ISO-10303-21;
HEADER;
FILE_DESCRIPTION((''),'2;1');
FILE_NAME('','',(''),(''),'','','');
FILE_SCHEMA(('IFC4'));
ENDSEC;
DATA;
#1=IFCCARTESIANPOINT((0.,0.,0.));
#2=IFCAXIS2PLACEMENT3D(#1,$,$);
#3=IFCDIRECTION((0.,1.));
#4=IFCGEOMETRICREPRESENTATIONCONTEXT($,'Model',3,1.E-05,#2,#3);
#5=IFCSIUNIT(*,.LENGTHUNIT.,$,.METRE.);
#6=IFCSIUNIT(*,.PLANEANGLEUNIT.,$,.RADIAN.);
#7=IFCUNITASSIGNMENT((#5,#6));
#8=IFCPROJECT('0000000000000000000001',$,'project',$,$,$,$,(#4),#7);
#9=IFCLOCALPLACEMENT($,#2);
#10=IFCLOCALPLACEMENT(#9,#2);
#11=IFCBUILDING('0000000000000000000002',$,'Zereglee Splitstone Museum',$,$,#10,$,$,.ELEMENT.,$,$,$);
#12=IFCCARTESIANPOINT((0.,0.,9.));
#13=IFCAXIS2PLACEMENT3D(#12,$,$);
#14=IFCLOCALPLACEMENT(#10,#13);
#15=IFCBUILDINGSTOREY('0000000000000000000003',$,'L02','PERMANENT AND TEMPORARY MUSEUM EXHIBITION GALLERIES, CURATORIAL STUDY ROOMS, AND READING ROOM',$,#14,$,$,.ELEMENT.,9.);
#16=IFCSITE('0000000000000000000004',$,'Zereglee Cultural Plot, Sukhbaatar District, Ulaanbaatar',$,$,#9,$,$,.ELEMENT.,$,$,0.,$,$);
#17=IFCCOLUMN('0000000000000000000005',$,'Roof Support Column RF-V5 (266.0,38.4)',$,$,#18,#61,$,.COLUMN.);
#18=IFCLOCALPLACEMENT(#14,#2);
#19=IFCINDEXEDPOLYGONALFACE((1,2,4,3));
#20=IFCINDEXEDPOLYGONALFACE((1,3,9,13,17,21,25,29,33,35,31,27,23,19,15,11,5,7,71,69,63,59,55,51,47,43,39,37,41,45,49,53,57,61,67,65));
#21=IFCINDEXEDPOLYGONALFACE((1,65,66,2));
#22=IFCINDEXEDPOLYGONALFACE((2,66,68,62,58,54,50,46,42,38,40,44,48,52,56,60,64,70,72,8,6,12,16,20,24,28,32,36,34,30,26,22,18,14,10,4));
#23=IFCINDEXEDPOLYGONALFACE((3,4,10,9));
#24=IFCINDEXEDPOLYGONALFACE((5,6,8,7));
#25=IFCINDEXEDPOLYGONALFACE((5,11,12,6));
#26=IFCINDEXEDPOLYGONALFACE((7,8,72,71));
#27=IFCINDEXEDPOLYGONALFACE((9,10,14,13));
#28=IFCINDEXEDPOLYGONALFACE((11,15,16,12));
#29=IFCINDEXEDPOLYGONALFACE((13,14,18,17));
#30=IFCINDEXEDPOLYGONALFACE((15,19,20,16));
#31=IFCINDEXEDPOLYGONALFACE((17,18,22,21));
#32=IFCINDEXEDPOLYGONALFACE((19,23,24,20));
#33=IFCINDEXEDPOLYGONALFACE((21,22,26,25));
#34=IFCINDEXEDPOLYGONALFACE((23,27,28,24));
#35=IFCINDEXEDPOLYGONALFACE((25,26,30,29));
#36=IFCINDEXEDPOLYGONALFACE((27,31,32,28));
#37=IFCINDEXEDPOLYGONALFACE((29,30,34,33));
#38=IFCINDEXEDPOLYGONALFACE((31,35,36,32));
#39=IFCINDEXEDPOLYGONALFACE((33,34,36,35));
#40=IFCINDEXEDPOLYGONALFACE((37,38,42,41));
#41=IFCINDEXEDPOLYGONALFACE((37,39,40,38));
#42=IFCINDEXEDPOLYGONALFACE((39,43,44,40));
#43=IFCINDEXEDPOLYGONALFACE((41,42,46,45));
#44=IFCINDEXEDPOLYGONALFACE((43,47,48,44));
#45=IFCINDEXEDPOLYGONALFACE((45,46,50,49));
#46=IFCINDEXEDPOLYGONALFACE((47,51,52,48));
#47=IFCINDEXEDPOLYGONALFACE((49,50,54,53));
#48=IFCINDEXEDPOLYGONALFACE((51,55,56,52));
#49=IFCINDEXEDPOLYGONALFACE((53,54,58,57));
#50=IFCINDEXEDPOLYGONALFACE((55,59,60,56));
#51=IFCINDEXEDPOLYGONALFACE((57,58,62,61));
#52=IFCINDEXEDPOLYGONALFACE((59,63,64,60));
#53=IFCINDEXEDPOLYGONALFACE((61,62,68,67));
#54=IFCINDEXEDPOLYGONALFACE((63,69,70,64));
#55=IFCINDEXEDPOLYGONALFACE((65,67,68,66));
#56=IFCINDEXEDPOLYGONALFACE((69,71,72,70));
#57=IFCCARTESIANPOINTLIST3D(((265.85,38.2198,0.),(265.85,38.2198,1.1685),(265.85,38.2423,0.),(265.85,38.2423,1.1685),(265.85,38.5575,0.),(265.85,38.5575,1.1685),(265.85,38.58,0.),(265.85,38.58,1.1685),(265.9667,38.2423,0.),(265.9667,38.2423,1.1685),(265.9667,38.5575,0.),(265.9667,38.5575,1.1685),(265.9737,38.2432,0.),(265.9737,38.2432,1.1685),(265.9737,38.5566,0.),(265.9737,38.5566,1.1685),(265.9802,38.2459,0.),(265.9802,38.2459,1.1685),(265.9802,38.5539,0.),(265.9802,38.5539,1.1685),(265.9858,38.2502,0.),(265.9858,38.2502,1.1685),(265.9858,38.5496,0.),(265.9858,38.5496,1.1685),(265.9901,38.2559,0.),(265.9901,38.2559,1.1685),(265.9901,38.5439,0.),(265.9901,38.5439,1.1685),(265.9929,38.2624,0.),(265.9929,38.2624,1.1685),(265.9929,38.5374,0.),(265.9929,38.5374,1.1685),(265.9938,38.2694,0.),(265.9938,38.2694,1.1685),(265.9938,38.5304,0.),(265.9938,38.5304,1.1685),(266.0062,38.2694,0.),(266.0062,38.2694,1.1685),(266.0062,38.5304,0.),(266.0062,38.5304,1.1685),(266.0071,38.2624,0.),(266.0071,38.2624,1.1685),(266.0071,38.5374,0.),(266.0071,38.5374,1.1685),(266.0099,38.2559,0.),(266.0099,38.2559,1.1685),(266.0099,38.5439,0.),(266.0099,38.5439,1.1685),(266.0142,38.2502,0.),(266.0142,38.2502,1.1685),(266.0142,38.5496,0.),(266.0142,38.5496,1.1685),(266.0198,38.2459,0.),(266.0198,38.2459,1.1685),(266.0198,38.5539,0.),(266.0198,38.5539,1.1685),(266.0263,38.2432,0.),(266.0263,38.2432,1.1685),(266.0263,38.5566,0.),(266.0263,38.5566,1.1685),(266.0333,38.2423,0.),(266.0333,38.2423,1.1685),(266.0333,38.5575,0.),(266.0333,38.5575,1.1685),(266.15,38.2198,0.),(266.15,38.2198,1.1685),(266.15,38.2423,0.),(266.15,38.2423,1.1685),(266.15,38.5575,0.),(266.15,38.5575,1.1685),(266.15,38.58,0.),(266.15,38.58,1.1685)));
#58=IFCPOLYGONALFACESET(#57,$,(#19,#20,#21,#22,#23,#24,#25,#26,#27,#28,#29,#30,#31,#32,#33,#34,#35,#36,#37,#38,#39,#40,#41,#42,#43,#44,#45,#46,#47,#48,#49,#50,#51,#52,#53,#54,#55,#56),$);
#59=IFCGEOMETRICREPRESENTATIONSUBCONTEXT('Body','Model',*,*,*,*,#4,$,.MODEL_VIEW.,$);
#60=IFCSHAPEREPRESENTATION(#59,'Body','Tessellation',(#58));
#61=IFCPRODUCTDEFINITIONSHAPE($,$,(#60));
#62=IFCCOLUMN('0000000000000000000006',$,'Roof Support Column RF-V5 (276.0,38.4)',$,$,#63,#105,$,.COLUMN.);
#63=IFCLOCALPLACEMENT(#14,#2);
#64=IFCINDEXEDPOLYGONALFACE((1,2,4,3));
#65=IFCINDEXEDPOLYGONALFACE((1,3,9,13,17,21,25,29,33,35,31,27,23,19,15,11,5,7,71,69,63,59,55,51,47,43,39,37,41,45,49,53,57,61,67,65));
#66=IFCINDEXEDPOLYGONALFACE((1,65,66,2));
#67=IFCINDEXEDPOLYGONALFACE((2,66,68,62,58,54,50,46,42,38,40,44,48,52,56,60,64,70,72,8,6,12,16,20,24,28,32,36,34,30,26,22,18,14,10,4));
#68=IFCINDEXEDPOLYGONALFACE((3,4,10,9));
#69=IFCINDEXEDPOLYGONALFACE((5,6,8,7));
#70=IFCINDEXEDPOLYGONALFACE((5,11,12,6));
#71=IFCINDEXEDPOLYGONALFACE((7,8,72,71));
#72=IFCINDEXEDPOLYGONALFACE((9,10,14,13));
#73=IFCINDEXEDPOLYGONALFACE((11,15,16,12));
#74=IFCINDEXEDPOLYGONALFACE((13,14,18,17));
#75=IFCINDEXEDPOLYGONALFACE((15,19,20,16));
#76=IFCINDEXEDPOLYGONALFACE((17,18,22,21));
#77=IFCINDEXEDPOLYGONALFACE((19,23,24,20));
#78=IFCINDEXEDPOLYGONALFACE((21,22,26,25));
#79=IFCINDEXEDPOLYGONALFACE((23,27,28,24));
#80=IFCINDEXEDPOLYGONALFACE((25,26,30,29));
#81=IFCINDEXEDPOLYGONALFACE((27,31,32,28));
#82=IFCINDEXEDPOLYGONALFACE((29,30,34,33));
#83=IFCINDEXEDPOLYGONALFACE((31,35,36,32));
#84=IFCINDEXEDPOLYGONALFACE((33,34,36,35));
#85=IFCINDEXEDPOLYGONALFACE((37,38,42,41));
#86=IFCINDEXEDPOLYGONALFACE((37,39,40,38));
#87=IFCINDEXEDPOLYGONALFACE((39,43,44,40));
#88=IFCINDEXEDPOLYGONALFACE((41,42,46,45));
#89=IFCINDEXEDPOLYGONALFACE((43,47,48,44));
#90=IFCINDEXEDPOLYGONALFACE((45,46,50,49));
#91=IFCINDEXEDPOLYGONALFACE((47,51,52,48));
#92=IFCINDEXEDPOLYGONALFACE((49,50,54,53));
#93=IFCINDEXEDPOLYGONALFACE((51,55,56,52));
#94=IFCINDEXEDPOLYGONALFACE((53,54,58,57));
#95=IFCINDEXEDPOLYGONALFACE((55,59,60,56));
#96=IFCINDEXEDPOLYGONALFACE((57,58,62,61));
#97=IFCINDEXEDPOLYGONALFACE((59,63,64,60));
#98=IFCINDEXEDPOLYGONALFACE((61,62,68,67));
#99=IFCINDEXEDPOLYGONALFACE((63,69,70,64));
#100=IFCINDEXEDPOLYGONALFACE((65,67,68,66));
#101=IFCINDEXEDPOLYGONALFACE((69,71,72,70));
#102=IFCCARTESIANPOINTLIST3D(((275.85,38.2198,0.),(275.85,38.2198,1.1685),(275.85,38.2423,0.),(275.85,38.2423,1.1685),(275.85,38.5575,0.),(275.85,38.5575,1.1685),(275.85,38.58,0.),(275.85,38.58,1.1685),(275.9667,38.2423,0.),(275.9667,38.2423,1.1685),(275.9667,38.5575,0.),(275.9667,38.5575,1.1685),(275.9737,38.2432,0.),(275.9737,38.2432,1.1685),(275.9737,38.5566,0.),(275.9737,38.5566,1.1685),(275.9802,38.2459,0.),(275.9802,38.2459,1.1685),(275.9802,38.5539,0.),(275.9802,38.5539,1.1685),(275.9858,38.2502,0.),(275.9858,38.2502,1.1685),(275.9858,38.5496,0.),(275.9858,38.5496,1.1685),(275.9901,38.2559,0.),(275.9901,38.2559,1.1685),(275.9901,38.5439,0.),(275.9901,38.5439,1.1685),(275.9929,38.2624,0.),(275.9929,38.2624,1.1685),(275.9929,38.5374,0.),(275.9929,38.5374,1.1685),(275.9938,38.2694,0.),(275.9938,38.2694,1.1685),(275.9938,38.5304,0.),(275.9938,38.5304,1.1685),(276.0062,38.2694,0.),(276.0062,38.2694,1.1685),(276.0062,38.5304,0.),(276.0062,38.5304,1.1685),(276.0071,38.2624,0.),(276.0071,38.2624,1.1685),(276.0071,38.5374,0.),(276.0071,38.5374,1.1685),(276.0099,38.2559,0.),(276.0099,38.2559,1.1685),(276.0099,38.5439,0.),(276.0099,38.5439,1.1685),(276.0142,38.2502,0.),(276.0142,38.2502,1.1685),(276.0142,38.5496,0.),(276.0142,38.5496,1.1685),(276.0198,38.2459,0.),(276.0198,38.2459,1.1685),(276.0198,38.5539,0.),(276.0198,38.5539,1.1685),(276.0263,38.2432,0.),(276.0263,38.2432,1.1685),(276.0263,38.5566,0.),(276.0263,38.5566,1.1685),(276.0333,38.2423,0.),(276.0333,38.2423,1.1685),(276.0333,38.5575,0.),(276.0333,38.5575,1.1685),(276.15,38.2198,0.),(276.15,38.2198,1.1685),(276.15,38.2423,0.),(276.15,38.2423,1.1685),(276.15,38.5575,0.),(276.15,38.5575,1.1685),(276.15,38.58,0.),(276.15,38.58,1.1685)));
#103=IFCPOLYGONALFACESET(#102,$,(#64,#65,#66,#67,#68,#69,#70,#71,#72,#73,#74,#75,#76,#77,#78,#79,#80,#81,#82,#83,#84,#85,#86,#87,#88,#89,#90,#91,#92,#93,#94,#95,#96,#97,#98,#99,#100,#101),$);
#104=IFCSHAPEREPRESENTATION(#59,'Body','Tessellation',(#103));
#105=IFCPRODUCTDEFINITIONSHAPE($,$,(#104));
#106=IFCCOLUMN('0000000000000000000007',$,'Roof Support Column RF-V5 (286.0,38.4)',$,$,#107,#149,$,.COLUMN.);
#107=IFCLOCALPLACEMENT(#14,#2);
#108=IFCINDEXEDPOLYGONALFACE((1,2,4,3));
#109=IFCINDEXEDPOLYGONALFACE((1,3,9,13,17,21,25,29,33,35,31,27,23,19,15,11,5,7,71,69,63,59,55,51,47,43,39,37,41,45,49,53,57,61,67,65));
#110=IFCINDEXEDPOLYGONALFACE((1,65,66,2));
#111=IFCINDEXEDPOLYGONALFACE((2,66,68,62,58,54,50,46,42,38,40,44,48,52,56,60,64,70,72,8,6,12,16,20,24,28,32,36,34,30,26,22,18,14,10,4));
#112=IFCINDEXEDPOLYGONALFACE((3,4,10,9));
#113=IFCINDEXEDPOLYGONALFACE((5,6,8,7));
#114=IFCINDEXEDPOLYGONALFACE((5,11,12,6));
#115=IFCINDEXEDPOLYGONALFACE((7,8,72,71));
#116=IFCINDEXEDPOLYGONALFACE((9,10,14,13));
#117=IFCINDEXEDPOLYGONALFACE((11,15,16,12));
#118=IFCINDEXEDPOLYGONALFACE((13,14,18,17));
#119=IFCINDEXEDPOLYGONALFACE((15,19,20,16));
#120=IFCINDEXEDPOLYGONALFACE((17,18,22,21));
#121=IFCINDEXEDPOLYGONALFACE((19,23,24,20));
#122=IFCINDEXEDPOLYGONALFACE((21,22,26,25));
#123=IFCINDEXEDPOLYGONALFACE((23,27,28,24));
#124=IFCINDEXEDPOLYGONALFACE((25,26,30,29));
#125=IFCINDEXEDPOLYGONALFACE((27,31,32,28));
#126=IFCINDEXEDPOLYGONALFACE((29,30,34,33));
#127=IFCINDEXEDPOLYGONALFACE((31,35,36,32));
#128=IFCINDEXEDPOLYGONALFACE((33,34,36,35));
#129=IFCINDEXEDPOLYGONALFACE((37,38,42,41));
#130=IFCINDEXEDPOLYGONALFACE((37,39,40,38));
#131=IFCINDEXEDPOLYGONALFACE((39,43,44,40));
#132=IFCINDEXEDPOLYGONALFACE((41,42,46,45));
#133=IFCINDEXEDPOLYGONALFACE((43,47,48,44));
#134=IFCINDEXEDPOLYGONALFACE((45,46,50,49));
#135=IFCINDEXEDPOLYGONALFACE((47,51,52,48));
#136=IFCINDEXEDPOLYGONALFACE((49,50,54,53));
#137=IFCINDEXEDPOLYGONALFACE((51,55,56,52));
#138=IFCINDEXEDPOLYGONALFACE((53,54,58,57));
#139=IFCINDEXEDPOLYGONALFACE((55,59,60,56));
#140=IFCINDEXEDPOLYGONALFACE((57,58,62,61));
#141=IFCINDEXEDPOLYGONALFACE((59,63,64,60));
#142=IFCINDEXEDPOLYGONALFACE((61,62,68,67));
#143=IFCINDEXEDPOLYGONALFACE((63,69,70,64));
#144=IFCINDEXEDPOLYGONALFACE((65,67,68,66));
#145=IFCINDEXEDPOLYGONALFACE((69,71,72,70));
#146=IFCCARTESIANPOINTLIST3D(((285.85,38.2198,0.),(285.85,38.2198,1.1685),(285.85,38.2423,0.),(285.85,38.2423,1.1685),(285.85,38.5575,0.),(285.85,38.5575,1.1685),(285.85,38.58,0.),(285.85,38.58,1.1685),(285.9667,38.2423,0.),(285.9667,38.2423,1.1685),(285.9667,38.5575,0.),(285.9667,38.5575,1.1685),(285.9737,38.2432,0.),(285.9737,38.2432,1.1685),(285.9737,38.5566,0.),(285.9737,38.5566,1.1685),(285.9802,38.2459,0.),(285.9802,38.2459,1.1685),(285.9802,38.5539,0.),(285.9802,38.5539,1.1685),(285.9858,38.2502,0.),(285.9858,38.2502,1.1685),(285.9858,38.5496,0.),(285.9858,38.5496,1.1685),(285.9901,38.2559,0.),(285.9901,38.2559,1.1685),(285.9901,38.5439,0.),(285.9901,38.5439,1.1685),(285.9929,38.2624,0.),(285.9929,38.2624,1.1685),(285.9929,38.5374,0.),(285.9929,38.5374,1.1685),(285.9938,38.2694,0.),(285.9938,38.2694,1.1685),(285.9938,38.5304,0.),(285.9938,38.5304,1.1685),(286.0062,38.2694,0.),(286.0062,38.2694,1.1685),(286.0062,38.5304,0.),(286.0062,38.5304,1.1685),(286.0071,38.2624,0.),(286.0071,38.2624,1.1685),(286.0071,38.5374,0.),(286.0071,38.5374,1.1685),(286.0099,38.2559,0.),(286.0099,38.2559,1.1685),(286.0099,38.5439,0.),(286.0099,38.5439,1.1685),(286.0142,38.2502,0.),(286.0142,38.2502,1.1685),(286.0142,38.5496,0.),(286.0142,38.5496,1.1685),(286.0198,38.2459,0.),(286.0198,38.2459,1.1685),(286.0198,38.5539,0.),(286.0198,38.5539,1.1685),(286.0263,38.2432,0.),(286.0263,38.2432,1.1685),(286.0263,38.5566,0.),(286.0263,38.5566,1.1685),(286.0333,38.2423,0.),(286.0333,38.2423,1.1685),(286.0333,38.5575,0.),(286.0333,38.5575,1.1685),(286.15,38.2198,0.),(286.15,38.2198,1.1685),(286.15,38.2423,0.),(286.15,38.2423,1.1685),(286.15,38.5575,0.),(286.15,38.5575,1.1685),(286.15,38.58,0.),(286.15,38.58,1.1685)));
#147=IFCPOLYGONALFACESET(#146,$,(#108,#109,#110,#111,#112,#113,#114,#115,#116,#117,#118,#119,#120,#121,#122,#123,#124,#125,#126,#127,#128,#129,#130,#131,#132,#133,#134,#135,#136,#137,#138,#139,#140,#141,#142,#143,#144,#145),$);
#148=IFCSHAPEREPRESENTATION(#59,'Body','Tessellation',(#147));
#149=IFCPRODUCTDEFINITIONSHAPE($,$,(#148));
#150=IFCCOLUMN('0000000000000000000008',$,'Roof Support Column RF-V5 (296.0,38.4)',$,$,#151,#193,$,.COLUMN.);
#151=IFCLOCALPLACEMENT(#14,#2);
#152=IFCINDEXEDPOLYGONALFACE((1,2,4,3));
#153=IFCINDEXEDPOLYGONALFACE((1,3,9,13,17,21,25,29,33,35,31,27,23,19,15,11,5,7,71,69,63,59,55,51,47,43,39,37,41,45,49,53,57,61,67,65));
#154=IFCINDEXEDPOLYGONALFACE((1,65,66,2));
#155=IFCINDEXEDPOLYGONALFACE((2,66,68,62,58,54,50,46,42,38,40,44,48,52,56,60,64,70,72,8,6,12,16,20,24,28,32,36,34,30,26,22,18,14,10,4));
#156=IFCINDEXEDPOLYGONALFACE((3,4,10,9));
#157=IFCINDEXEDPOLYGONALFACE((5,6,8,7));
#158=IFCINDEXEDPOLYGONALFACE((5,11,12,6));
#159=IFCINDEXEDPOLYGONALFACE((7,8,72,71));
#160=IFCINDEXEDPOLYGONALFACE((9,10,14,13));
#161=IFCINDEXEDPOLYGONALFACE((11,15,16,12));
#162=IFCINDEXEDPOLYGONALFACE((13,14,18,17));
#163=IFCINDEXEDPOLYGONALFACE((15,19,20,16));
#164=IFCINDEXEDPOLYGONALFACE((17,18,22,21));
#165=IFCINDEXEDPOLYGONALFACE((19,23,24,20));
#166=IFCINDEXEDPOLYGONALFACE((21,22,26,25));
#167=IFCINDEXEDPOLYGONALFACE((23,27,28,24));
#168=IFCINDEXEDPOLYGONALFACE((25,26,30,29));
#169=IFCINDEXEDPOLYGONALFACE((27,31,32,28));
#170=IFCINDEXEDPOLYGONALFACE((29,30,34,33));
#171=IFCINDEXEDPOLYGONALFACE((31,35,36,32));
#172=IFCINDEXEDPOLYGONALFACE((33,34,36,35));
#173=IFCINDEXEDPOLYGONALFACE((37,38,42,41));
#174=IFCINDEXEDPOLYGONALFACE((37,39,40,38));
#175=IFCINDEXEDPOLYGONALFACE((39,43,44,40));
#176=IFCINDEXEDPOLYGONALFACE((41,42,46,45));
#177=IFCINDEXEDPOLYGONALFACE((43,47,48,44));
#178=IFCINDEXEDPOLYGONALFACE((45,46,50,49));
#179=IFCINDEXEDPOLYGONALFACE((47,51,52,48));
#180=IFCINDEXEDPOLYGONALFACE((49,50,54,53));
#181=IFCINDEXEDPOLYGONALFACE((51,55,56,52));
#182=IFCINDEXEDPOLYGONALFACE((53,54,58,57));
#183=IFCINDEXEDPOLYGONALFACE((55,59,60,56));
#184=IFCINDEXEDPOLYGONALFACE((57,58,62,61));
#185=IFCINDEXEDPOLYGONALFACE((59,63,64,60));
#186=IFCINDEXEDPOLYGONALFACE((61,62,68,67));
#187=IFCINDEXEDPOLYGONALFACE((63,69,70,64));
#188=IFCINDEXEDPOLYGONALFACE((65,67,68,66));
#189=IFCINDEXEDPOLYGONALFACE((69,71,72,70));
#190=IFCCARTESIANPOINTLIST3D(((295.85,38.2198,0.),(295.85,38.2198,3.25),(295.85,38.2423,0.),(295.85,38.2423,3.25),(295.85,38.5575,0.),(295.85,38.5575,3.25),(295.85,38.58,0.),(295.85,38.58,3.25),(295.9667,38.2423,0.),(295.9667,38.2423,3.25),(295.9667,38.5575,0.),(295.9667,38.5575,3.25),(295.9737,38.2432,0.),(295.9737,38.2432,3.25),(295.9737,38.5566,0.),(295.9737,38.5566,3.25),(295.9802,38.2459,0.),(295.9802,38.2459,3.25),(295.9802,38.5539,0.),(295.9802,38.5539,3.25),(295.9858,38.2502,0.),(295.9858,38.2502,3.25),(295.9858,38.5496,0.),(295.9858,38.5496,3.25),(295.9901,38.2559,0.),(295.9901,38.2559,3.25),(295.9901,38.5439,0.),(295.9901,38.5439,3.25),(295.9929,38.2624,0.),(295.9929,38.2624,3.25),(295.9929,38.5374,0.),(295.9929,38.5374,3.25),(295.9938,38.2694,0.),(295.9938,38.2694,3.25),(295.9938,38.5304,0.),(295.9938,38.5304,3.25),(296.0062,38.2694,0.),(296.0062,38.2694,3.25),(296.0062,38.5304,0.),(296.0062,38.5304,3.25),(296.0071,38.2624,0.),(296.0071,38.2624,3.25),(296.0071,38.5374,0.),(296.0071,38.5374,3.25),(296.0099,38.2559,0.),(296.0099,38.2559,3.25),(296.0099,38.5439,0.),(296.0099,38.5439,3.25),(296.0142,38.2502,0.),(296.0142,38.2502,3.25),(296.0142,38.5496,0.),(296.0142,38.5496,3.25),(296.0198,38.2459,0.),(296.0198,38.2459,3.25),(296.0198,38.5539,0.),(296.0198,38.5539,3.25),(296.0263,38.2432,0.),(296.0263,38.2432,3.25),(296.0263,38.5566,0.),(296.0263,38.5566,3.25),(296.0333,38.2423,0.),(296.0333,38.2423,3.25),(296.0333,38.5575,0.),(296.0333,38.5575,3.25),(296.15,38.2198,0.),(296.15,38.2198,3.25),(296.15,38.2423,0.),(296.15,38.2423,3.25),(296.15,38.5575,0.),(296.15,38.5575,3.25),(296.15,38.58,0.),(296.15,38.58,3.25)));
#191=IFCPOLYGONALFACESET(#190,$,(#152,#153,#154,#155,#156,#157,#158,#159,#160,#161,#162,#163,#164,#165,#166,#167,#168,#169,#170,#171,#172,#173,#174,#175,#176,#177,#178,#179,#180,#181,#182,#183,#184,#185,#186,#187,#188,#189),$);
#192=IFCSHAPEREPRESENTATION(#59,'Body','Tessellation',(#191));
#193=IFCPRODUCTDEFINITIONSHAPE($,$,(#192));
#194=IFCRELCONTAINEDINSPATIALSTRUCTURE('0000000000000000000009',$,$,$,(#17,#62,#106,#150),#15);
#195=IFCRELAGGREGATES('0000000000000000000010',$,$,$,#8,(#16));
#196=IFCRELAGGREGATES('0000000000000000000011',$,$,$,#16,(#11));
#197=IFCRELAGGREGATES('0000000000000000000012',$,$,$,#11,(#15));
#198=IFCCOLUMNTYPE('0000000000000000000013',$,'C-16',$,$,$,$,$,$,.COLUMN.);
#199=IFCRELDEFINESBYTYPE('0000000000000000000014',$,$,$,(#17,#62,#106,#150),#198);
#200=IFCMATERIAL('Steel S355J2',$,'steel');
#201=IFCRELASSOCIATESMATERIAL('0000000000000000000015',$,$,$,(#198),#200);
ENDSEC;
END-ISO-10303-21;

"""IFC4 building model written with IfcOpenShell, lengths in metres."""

from ifc_helpers import new_model, si_unit, direction, frame, origin, origin_2d, place, context, subcontext, project, spatial, i_section, extrude, material, material_profile, profile_set, type_object, element, save


model = new_model("IFC4")

# Units and contexts
model_context = context("Model", 3, precision=1e-05, world=origin(), true_north=direction((0.0, 1.0)))
body_context = subcontext(model_context, "Body", "Model", "MODEL_VIEW")
ifc_project = project(units=[si_unit("LENGTHUNIT", "METRE"), si_unit("PLANEANGLEUNIT", "RADIAN")], contexts=[model_context])

# Site, building, storey
site_placement = place(None, origin())
site = spatial("IfcSite", under=ifc_project, at=site_placement, Name="Zereglee Cultural Plot, Sukhbaatar District, Ulaanbaatar", CompositionType="ELEMENT", RefElevation=0.0)
building_placement = place(site_placement, origin())
building = spatial("IfcBuilding", under=site, at=building_placement, Name="Zereglee Splitstone Museum", CompositionType="ELEMENT")
storey_placement = place(building_placement, frame((0.0, 0.0, 9.0)))
storey = spatial("IfcBuildingStorey", under=building, at=storey_placement, Name="L02", Description="PERMANENT AND TEMPORARY MUSEUM EXHIBITION GALLERIES, CURATORIAL STUDY ROOMS, AND READING ROOM", CompositionType="ELEMENT", Elevation=9.0)

# Columns
ifc_material_1 = material(Name="Steel S355J2", Category="steel")
ifc_material_profile_1 = material_profile(ifc_material_1, i_section(OverallWidth=0.3, OverallDepth=0.3601, WebThickness=0.0125, FlangeThickness=0.0225, FilletRadius=0.0271, at=origin_2d()), Name="HE 360 B")
ifc_profile_set_1 = profile_set([ifc_material_profile_1], Name="Steel S355J2")
column_type = type_object("IfcColumnType", Name="C-16", PredefinedType="COLUMN", material=ifc_profile_set_1)
for number, where, z_axis, x_axis, name in (
    (1, (266.0, 38.3999, 0.0), (0.0, 0.0, 1.0), (1.0, 0.0, 0.0), "Roof Support Column RF-V5 (266.0,38.4)"),
    (2, (276.0, 38.3999, 0.0), (0.0, 0.0, 1.0), (1.0, 0.0, 0.0), "Roof Support Column RF-V5 (276.0,38.4)"),
    (3, (286.0, 38.3999, 0.0), (0.0, 0.0, 1.0), (1.0, 0.0, 0.0), "Roof Support Column RF-V5 (286.0,38.4)"),
):
    element("IfcColumn", number, at=place(storey_placement, frame(where, z_axis=z_axis, x_axis=x_axis)), inside=storey, type_object=column_type, Name=name, PredefinedType="COLUMN", context=body_context, shape_type="SweptSolid", body=[
        extrude(i_section(OverallWidth=0.3, OverallDepth=0.3601, WebThickness=0.0125, FlangeThickness=0.0225, FilletRadius=0.0271, at=origin_2d()), origin(), (0.0, 0.0, 1.0), 1.1685),
    ])
column_1_placement = place(storey_placement, frame((296.0, 38.3999, 0.0), z_axis=(0.0, 0.0, 1.0), x_axis=(1.0, 0.0, 0.0)))
element("IfcColumn", 4, at=column_1_placement, inside=storey, type_object=column_type, Name="Roof Support Column RF-V5 (296.0,38.4)", PredefinedType="COLUMN", context=body_context, shape_type="SweptSolid", body=[
    extrude(i_section(OverallWidth=0.3, OverallDepth=0.3601, WebThickness=0.0125, FlangeThickness=0.0225, FilletRadius=0.0271, at=origin_2d()), origin(), (0.0, 0.0, 1.0), 3.25),
])

save(model, "model.ifc")
